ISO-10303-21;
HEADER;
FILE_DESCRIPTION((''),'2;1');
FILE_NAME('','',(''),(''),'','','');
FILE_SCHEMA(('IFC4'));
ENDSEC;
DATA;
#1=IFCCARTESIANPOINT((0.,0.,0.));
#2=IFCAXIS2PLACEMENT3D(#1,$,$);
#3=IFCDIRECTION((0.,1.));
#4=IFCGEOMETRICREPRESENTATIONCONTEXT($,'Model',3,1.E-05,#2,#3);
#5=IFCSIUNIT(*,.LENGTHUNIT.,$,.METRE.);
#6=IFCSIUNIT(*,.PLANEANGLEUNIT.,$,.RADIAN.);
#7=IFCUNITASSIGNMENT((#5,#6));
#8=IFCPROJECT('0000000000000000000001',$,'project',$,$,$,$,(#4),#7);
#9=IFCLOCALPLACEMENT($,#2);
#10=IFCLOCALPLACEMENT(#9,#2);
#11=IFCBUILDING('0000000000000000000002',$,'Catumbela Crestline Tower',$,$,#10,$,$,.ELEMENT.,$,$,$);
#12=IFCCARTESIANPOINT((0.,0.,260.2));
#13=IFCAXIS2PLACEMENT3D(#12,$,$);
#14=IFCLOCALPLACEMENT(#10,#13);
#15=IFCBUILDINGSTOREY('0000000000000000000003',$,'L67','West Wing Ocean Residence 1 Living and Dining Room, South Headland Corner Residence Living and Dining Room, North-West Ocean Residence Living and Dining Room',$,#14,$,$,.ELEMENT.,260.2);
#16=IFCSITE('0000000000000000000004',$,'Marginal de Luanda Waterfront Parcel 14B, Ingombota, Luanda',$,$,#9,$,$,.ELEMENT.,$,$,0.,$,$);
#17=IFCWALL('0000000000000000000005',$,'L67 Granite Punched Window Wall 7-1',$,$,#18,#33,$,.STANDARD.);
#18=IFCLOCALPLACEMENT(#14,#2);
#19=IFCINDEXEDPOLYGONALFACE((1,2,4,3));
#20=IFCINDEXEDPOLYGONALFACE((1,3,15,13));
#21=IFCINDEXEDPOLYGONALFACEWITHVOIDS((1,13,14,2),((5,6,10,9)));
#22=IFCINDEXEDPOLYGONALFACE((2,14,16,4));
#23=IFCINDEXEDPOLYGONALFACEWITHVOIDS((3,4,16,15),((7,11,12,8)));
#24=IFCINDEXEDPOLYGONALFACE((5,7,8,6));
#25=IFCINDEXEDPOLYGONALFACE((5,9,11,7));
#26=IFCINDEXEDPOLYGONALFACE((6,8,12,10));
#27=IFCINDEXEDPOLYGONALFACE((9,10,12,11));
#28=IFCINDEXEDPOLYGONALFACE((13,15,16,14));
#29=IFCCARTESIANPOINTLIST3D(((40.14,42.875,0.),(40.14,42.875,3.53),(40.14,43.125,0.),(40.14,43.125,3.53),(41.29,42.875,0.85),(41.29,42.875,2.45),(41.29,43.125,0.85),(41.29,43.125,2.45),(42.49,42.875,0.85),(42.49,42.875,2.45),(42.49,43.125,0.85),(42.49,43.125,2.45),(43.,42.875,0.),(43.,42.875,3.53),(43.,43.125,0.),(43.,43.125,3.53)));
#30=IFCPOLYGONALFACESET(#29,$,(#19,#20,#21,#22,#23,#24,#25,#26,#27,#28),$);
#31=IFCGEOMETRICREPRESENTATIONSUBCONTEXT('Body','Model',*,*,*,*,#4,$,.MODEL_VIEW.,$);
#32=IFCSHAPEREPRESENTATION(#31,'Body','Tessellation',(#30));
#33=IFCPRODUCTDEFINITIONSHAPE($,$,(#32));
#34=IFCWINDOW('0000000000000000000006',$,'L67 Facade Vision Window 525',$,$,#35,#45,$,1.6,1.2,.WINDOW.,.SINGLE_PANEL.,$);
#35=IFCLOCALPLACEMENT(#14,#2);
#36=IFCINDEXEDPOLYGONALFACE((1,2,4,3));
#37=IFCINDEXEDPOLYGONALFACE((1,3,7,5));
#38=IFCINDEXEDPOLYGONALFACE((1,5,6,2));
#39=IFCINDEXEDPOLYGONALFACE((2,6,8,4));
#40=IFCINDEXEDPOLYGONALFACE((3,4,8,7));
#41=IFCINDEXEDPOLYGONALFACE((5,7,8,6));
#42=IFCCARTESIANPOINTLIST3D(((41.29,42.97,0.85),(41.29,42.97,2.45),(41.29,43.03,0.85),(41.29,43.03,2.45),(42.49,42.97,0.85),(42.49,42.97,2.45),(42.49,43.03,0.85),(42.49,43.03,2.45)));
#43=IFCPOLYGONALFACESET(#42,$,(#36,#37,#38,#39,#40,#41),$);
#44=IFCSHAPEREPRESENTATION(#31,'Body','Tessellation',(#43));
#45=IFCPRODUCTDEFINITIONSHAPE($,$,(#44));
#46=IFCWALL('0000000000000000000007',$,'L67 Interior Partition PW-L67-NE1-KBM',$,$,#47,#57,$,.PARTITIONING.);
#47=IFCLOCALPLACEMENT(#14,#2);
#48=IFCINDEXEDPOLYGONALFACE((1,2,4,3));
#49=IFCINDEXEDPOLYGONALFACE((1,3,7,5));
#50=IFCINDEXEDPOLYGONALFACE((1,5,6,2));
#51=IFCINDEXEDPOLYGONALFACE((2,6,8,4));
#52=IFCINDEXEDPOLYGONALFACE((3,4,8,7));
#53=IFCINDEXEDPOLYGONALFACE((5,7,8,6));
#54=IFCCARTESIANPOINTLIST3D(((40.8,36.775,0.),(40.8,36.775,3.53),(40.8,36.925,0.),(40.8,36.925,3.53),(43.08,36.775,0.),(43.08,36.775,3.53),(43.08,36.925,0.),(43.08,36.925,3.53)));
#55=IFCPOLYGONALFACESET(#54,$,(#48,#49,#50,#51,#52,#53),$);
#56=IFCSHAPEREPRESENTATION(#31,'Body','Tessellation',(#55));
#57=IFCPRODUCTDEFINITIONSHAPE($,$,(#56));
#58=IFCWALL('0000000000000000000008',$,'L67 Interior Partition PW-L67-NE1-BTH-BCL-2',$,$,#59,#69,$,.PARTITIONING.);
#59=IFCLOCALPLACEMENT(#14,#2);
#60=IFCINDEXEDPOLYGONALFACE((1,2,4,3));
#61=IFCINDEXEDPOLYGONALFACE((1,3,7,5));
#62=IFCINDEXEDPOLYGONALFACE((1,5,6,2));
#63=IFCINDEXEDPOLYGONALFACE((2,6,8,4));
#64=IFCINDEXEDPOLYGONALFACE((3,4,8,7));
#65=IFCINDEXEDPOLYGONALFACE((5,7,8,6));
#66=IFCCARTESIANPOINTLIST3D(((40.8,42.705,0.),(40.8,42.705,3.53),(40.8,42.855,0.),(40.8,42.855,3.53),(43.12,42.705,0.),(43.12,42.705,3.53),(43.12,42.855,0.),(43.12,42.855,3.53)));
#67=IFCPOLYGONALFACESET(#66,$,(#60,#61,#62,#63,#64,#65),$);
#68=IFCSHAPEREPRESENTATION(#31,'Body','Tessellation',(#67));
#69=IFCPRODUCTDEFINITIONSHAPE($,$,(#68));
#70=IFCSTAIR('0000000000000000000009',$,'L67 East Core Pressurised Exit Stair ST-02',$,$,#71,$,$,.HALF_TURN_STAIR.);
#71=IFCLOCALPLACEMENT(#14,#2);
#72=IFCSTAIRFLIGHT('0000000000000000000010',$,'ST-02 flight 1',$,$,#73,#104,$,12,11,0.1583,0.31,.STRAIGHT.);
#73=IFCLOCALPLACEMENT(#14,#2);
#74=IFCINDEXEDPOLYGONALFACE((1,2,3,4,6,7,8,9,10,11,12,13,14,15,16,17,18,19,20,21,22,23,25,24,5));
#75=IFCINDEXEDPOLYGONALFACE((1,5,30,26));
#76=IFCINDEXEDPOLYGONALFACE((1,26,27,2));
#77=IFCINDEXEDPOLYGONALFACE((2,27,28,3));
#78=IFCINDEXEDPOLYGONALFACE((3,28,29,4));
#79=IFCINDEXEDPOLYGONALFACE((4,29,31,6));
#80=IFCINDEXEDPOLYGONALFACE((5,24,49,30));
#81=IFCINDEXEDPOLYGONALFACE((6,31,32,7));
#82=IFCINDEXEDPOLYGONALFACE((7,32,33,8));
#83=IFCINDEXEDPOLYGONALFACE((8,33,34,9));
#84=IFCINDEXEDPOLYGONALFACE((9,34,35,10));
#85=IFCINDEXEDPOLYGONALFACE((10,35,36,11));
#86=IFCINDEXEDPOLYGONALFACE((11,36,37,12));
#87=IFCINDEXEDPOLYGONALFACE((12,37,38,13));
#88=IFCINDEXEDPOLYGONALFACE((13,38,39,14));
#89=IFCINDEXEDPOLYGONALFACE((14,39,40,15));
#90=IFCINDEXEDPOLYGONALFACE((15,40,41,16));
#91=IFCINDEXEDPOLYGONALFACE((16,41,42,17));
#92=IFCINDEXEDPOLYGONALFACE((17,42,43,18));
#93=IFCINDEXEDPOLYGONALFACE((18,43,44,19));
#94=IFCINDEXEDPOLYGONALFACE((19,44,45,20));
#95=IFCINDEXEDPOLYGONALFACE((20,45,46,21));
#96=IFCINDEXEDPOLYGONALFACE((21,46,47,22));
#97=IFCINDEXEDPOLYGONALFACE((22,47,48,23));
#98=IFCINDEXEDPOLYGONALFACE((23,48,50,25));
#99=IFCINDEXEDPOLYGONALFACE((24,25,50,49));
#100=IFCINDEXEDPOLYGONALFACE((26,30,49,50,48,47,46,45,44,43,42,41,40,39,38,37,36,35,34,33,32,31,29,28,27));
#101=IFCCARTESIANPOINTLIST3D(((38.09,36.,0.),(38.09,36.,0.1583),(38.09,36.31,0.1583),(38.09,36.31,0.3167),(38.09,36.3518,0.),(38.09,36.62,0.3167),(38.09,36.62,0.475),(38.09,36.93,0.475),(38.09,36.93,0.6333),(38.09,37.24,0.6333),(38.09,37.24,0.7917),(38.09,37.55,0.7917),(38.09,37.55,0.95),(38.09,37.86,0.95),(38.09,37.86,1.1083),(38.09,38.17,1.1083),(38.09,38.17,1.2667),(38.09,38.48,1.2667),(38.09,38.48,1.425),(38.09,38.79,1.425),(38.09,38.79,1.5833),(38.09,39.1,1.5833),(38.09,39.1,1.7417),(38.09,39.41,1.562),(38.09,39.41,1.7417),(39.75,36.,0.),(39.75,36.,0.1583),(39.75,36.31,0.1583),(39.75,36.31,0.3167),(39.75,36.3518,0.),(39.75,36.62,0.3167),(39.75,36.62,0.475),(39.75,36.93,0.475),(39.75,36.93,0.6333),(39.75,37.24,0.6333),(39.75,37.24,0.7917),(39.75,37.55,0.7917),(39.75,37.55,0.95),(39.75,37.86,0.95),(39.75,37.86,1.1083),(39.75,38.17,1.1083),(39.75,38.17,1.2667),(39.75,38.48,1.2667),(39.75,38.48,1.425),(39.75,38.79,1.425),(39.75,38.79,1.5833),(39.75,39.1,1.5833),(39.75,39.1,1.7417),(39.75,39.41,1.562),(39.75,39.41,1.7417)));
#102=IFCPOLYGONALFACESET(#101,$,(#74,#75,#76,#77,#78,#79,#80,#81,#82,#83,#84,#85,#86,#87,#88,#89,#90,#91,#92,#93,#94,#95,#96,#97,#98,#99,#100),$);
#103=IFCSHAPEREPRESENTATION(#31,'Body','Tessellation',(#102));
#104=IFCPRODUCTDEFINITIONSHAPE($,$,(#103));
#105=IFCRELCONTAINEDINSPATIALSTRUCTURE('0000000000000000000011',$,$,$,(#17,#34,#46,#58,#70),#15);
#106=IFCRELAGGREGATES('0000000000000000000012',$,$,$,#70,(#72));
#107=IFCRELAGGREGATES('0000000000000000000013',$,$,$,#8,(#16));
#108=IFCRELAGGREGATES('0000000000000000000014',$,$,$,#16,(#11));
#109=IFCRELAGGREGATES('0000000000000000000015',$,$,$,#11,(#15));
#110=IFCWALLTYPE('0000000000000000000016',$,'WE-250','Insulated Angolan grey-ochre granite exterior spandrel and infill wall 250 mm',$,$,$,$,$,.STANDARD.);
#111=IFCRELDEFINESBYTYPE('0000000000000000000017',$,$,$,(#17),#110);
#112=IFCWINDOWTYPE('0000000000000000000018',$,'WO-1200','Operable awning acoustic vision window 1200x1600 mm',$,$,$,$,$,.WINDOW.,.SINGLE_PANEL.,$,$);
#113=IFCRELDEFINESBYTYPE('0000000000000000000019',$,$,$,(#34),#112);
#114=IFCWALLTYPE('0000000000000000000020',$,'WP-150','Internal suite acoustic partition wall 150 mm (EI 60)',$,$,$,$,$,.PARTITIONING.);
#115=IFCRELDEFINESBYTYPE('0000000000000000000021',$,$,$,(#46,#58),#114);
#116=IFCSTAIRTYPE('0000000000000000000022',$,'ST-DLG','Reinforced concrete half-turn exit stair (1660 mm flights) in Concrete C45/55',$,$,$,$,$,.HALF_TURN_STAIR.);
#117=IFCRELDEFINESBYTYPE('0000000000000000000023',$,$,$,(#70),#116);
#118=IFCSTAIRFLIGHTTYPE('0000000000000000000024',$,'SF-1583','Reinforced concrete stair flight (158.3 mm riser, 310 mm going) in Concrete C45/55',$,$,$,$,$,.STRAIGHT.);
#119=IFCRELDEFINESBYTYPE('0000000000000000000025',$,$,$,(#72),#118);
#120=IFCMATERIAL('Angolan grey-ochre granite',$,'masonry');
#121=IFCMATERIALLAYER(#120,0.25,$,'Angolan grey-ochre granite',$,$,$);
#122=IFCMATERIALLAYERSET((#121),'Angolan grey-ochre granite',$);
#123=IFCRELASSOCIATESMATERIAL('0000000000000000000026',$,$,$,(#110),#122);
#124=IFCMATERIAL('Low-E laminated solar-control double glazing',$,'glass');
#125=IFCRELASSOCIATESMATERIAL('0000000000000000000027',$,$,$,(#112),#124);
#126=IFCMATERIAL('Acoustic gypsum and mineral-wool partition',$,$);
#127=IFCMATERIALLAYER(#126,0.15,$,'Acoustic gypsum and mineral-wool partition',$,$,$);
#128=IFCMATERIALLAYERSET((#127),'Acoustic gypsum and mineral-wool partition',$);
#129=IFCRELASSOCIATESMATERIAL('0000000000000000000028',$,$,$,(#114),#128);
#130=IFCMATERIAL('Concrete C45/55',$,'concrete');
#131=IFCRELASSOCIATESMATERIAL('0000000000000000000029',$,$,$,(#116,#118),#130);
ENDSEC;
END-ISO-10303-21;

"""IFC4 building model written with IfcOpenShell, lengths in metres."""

from ifc_helpers import new_model, si_unit, direction, frame, frame_2d, origin, place, context, subcontext, project, spatial, polyline, rectangle, outline, extrude, material, layer, layer_set, type_object, element, fill, aggregate, save


model = new_model("IFC4")

# Units and contexts
model_context = context("Model", 3, precision=1e-05, world=origin(), true_north=direction((0.0, 1.0)))
body_context = subcontext(model_context, "Body", "Model", "MODEL_VIEW")
ifc_project = project(units=[si_unit("LENGTHUNIT", "METRE"), si_unit("PLANEANGLEUNIT", "RADIAN")], contexts=[model_context])

# Site, building, storey
site_placement = place(None, origin())
site = spatial("IfcSite", under=ifc_project, at=site_placement, Name="Marginal de Luanda Waterfront Parcel 14B, Ingombota, Luanda", CompositionType="ELEMENT", RefElevation=0.0)
building_placement = place(site_placement, origin())
building = spatial("IfcBuilding", under=site, at=building_placement, Name="Catumbela Crestline Tower", CompositionType="ELEMENT")
storey_placement = place(building_placement, frame((0.0, 0.0, 260.2)))
storey = spatial("IfcBuildingStorey", under=building, at=storey_placement, Name="L67", Description="West Wing Ocean Residence 1 Living and Dining Room, South Headland Corner Residence Living and Dining Room, North-West Ocean Residence Living and Dining Room", CompositionType="ELEMENT", Elevation=260.2)

# Shared definitions
ifc_material_1 = material(Name="Concrete C45/55", Category="concrete")

# Shared definitions
ifc_material_2 = material(Name="Low-E laminated solar-control double glazing", Category="glass")

# Wall, opening, window
ifc_material_3 = material(Name="Angolan grey-ochre granite", Category="masonry")
ifc_layer_1 = layer(ifc_material_3, 0.25, Name="Angolan grey-ochre granite")
ifc_layer_set_1 = layer_set([ifc_layer_1], Name="Angolan grey-ochre granite")
wall_type_1 = type_object("IfcWallType", Name="WE-250", Description="Insulated Angolan grey-ochre granite exterior spandrel and infill wall 250 mm", PredefinedType="STANDARD", material=ifc_layer_set_1)
window_type = type_object("IfcWindowType", Name="WO-1200", Description="Operable awning acoustic vision window 1200x1600 mm", PartitioningType="SINGLE_PANEL", PredefinedType="WINDOW", material=ifc_material_2)
wall_1_placement = place(storey_placement, frame((43.0, 43.0, 0.0), z_axis=(0.0, 0.0, 1.0), x_axis=(-1.0, 0.0, 0.0)))
wall_1 = element("IfcWall", 1, at=wall_1_placement, inside=storey, type_object=wall_type_1, Name="L67 Granite Punched Window Wall 7-1", PredefinedType="STANDARD", context=body_context, shape_type="SweptSolid", body=[
    extrude(rectangle(XDim=2.86, YDim=0.25, at=frame_2d((1.43, 0.0))), origin(), (0.0, 0.0, 1.0), 3.53),
])
opening_1_placement = place(wall_1_placement, frame((0.51, 0.0, 0.85)))
opening_1 = element("IfcOpeningElement", 2, at=opening_1_placement, cuts=wall_1, PredefinedType="OPENING", context=body_context, shape_type="SweptSolid", body=[
    extrude(rectangle(XDim=1.2, YDim=1.6, at=frame_2d((0.6, 0.8))), frame((0.0, 0.135, 0.0), z_axis=(0.0, -1.0, 0.0), x_axis=(1.0, 0.0, 0.0)), (0.0, 0.0, 1.0), 0.27),
])
window_1_placement = place(opening_1_placement, origin())
window_1 = element("IfcWindow", 3, at=window_1_placement, inside=storey, type_object=window_type, Name="L67 Facade Vision Window 525", OverallHeight=1.6, OverallWidth=1.2, PartitioningType="SINGLE_PANEL", PredefinedType="WINDOW", context=body_context, shape_type="SweptSolid", body=[
    extrude(rectangle(XDim=1.2, YDim=1.6, at=frame_2d((0.6, 0.8))), frame((0.0, 0.03, 0.0), z_axis=(0.0, -1.0, 0.0), x_axis=(1.0, 0.0, 0.0)), (0.0, 0.0, 1.0), 0.06),
])
fill(opening_1, window_1)

# Walls
ifc_material_4 = material(Name="Acoustic gypsum and mineral-wool partition")
ifc_layer_2 = layer(ifc_material_4, 0.15, Name="Acoustic gypsum and mineral-wool partition")
ifc_layer_set_2 = layer_set([ifc_layer_2], Name="Acoustic gypsum and mineral-wool partition")
wall_type_2 = type_object("IfcWallType", Name="WP-150", Description="Internal suite acoustic partition wall 150 mm (EI 60)", PredefinedType="PARTITIONING", material=ifc_layer_set_2)
wall_2_placement = place(storey_placement, frame((40.8, 36.85, 0.0), z_axis=(0.0, 0.0, 1.0), x_axis=(1.0, 0.0, 0.0)))
element("IfcWall", 4, at=wall_2_placement, inside=storey, type_object=wall_type_2, Name="L67 Interior Partition PW-L67-NE1-KBM", PredefinedType="PARTITIONING", context=body_context, shape_type="SweptSolid", body=[
    extrude(rectangle(XDim=2.28, YDim=0.15, at=frame_2d((1.14, 0.0))), origin(), (0.0, 0.0, 1.0), 3.53),
])
wall_3_placement = place(storey_placement, frame((40.8, 42.78, 0.0), z_axis=(0.0, 0.0, 1.0), x_axis=(1.0, 0.0, 0.0)))
element("IfcWall", 5, at=wall_3_placement, inside=storey, type_object=wall_type_2, Name="L67 Interior Partition PW-L67-NE1-BTH-BCL-2", PredefinedType="PARTITIONING", context=body_context, shape_type="SweptSolid", body=[
    extrude(rectangle(XDim=2.32, YDim=0.15, at=frame_2d((1.16, 0.0))), origin(), (0.0, 0.0, 1.0), 3.53),
])

# Stair, stair flight
stair_type = type_object("IfcStairType", Name="ST-DLG", Description="Reinforced concrete half-turn exit stair (1660 mm flights) in Concrete C45/55", PredefinedType="HALF_TURN_STAIR", material=ifc_material_1)
stair_placement = place(storey_placement, origin())
stair = element("IfcStair", 6, at=stair_placement, inside=storey, type_object=stair_type, Name="L67 East Core Pressurised Exit Stair ST-02", PredefinedType="HALF_TURN_STAIR")
stair_flight_type = type_object("IfcStairFlightType", Name="SF-1583", Description="Reinforced concrete stair flight (158.3 mm riser, 310 mm going) in Concrete C45/55", PredefinedType="STRAIGHT", material=ifc_material_1)
stair_flight_placement = place(storey_placement, frame((38.92, 36.0, 0.0), z_axis=(0.0, 0.0, 1.0), x_axis=(0.0, 1.0, 0.0)))
stair_flight = element("IfcStairFlight", 7, at=stair_flight_placement, type_object=stair_flight_type, Name="ST-02 flight 1", NumberOfRisers=12, NumberOfTreads=11, PredefinedType="STRAIGHT", RiserHeight=0.1583, TreadLength=0.31, context=body_context, shape_type="SweptSolid", body=[
    extrude(outline(polyline([(0.0, 0.0), (0.0, 0.1583), (0.31, 0.1583), (0.31, 0.3167), (0.62, 0.3167), (0.62, 0.475), (0.93, 0.475), (0.93, 0.6333), (1.24, 0.6333), (1.24, 0.7917), (1.55, 0.7917), (1.55, 0.95), (1.86, 0.95), (1.86, 1.1083), (2.17, 1.1083), (2.17, 1.2667), (2.48, 1.2667), (2.48, 1.425), (2.79, 1.425), (2.79, 1.5833), (3.1, 1.5833), (3.1, 1.7417), (3.41, 1.7417), (3.41, 1.9), (3.41, 1.562), (0.3518, 0.0), (0.0, 0.0)])), frame((0.0, 0.83, 0.0), z_axis=(0.0, -1.0, 0.0), x_axis=(1.0, 0.0, 0.0)), (0.0, 0.0, 1.0), 1.66),
])
aggregate(stair, [stair_flight])

save(model, "model.ifc")
